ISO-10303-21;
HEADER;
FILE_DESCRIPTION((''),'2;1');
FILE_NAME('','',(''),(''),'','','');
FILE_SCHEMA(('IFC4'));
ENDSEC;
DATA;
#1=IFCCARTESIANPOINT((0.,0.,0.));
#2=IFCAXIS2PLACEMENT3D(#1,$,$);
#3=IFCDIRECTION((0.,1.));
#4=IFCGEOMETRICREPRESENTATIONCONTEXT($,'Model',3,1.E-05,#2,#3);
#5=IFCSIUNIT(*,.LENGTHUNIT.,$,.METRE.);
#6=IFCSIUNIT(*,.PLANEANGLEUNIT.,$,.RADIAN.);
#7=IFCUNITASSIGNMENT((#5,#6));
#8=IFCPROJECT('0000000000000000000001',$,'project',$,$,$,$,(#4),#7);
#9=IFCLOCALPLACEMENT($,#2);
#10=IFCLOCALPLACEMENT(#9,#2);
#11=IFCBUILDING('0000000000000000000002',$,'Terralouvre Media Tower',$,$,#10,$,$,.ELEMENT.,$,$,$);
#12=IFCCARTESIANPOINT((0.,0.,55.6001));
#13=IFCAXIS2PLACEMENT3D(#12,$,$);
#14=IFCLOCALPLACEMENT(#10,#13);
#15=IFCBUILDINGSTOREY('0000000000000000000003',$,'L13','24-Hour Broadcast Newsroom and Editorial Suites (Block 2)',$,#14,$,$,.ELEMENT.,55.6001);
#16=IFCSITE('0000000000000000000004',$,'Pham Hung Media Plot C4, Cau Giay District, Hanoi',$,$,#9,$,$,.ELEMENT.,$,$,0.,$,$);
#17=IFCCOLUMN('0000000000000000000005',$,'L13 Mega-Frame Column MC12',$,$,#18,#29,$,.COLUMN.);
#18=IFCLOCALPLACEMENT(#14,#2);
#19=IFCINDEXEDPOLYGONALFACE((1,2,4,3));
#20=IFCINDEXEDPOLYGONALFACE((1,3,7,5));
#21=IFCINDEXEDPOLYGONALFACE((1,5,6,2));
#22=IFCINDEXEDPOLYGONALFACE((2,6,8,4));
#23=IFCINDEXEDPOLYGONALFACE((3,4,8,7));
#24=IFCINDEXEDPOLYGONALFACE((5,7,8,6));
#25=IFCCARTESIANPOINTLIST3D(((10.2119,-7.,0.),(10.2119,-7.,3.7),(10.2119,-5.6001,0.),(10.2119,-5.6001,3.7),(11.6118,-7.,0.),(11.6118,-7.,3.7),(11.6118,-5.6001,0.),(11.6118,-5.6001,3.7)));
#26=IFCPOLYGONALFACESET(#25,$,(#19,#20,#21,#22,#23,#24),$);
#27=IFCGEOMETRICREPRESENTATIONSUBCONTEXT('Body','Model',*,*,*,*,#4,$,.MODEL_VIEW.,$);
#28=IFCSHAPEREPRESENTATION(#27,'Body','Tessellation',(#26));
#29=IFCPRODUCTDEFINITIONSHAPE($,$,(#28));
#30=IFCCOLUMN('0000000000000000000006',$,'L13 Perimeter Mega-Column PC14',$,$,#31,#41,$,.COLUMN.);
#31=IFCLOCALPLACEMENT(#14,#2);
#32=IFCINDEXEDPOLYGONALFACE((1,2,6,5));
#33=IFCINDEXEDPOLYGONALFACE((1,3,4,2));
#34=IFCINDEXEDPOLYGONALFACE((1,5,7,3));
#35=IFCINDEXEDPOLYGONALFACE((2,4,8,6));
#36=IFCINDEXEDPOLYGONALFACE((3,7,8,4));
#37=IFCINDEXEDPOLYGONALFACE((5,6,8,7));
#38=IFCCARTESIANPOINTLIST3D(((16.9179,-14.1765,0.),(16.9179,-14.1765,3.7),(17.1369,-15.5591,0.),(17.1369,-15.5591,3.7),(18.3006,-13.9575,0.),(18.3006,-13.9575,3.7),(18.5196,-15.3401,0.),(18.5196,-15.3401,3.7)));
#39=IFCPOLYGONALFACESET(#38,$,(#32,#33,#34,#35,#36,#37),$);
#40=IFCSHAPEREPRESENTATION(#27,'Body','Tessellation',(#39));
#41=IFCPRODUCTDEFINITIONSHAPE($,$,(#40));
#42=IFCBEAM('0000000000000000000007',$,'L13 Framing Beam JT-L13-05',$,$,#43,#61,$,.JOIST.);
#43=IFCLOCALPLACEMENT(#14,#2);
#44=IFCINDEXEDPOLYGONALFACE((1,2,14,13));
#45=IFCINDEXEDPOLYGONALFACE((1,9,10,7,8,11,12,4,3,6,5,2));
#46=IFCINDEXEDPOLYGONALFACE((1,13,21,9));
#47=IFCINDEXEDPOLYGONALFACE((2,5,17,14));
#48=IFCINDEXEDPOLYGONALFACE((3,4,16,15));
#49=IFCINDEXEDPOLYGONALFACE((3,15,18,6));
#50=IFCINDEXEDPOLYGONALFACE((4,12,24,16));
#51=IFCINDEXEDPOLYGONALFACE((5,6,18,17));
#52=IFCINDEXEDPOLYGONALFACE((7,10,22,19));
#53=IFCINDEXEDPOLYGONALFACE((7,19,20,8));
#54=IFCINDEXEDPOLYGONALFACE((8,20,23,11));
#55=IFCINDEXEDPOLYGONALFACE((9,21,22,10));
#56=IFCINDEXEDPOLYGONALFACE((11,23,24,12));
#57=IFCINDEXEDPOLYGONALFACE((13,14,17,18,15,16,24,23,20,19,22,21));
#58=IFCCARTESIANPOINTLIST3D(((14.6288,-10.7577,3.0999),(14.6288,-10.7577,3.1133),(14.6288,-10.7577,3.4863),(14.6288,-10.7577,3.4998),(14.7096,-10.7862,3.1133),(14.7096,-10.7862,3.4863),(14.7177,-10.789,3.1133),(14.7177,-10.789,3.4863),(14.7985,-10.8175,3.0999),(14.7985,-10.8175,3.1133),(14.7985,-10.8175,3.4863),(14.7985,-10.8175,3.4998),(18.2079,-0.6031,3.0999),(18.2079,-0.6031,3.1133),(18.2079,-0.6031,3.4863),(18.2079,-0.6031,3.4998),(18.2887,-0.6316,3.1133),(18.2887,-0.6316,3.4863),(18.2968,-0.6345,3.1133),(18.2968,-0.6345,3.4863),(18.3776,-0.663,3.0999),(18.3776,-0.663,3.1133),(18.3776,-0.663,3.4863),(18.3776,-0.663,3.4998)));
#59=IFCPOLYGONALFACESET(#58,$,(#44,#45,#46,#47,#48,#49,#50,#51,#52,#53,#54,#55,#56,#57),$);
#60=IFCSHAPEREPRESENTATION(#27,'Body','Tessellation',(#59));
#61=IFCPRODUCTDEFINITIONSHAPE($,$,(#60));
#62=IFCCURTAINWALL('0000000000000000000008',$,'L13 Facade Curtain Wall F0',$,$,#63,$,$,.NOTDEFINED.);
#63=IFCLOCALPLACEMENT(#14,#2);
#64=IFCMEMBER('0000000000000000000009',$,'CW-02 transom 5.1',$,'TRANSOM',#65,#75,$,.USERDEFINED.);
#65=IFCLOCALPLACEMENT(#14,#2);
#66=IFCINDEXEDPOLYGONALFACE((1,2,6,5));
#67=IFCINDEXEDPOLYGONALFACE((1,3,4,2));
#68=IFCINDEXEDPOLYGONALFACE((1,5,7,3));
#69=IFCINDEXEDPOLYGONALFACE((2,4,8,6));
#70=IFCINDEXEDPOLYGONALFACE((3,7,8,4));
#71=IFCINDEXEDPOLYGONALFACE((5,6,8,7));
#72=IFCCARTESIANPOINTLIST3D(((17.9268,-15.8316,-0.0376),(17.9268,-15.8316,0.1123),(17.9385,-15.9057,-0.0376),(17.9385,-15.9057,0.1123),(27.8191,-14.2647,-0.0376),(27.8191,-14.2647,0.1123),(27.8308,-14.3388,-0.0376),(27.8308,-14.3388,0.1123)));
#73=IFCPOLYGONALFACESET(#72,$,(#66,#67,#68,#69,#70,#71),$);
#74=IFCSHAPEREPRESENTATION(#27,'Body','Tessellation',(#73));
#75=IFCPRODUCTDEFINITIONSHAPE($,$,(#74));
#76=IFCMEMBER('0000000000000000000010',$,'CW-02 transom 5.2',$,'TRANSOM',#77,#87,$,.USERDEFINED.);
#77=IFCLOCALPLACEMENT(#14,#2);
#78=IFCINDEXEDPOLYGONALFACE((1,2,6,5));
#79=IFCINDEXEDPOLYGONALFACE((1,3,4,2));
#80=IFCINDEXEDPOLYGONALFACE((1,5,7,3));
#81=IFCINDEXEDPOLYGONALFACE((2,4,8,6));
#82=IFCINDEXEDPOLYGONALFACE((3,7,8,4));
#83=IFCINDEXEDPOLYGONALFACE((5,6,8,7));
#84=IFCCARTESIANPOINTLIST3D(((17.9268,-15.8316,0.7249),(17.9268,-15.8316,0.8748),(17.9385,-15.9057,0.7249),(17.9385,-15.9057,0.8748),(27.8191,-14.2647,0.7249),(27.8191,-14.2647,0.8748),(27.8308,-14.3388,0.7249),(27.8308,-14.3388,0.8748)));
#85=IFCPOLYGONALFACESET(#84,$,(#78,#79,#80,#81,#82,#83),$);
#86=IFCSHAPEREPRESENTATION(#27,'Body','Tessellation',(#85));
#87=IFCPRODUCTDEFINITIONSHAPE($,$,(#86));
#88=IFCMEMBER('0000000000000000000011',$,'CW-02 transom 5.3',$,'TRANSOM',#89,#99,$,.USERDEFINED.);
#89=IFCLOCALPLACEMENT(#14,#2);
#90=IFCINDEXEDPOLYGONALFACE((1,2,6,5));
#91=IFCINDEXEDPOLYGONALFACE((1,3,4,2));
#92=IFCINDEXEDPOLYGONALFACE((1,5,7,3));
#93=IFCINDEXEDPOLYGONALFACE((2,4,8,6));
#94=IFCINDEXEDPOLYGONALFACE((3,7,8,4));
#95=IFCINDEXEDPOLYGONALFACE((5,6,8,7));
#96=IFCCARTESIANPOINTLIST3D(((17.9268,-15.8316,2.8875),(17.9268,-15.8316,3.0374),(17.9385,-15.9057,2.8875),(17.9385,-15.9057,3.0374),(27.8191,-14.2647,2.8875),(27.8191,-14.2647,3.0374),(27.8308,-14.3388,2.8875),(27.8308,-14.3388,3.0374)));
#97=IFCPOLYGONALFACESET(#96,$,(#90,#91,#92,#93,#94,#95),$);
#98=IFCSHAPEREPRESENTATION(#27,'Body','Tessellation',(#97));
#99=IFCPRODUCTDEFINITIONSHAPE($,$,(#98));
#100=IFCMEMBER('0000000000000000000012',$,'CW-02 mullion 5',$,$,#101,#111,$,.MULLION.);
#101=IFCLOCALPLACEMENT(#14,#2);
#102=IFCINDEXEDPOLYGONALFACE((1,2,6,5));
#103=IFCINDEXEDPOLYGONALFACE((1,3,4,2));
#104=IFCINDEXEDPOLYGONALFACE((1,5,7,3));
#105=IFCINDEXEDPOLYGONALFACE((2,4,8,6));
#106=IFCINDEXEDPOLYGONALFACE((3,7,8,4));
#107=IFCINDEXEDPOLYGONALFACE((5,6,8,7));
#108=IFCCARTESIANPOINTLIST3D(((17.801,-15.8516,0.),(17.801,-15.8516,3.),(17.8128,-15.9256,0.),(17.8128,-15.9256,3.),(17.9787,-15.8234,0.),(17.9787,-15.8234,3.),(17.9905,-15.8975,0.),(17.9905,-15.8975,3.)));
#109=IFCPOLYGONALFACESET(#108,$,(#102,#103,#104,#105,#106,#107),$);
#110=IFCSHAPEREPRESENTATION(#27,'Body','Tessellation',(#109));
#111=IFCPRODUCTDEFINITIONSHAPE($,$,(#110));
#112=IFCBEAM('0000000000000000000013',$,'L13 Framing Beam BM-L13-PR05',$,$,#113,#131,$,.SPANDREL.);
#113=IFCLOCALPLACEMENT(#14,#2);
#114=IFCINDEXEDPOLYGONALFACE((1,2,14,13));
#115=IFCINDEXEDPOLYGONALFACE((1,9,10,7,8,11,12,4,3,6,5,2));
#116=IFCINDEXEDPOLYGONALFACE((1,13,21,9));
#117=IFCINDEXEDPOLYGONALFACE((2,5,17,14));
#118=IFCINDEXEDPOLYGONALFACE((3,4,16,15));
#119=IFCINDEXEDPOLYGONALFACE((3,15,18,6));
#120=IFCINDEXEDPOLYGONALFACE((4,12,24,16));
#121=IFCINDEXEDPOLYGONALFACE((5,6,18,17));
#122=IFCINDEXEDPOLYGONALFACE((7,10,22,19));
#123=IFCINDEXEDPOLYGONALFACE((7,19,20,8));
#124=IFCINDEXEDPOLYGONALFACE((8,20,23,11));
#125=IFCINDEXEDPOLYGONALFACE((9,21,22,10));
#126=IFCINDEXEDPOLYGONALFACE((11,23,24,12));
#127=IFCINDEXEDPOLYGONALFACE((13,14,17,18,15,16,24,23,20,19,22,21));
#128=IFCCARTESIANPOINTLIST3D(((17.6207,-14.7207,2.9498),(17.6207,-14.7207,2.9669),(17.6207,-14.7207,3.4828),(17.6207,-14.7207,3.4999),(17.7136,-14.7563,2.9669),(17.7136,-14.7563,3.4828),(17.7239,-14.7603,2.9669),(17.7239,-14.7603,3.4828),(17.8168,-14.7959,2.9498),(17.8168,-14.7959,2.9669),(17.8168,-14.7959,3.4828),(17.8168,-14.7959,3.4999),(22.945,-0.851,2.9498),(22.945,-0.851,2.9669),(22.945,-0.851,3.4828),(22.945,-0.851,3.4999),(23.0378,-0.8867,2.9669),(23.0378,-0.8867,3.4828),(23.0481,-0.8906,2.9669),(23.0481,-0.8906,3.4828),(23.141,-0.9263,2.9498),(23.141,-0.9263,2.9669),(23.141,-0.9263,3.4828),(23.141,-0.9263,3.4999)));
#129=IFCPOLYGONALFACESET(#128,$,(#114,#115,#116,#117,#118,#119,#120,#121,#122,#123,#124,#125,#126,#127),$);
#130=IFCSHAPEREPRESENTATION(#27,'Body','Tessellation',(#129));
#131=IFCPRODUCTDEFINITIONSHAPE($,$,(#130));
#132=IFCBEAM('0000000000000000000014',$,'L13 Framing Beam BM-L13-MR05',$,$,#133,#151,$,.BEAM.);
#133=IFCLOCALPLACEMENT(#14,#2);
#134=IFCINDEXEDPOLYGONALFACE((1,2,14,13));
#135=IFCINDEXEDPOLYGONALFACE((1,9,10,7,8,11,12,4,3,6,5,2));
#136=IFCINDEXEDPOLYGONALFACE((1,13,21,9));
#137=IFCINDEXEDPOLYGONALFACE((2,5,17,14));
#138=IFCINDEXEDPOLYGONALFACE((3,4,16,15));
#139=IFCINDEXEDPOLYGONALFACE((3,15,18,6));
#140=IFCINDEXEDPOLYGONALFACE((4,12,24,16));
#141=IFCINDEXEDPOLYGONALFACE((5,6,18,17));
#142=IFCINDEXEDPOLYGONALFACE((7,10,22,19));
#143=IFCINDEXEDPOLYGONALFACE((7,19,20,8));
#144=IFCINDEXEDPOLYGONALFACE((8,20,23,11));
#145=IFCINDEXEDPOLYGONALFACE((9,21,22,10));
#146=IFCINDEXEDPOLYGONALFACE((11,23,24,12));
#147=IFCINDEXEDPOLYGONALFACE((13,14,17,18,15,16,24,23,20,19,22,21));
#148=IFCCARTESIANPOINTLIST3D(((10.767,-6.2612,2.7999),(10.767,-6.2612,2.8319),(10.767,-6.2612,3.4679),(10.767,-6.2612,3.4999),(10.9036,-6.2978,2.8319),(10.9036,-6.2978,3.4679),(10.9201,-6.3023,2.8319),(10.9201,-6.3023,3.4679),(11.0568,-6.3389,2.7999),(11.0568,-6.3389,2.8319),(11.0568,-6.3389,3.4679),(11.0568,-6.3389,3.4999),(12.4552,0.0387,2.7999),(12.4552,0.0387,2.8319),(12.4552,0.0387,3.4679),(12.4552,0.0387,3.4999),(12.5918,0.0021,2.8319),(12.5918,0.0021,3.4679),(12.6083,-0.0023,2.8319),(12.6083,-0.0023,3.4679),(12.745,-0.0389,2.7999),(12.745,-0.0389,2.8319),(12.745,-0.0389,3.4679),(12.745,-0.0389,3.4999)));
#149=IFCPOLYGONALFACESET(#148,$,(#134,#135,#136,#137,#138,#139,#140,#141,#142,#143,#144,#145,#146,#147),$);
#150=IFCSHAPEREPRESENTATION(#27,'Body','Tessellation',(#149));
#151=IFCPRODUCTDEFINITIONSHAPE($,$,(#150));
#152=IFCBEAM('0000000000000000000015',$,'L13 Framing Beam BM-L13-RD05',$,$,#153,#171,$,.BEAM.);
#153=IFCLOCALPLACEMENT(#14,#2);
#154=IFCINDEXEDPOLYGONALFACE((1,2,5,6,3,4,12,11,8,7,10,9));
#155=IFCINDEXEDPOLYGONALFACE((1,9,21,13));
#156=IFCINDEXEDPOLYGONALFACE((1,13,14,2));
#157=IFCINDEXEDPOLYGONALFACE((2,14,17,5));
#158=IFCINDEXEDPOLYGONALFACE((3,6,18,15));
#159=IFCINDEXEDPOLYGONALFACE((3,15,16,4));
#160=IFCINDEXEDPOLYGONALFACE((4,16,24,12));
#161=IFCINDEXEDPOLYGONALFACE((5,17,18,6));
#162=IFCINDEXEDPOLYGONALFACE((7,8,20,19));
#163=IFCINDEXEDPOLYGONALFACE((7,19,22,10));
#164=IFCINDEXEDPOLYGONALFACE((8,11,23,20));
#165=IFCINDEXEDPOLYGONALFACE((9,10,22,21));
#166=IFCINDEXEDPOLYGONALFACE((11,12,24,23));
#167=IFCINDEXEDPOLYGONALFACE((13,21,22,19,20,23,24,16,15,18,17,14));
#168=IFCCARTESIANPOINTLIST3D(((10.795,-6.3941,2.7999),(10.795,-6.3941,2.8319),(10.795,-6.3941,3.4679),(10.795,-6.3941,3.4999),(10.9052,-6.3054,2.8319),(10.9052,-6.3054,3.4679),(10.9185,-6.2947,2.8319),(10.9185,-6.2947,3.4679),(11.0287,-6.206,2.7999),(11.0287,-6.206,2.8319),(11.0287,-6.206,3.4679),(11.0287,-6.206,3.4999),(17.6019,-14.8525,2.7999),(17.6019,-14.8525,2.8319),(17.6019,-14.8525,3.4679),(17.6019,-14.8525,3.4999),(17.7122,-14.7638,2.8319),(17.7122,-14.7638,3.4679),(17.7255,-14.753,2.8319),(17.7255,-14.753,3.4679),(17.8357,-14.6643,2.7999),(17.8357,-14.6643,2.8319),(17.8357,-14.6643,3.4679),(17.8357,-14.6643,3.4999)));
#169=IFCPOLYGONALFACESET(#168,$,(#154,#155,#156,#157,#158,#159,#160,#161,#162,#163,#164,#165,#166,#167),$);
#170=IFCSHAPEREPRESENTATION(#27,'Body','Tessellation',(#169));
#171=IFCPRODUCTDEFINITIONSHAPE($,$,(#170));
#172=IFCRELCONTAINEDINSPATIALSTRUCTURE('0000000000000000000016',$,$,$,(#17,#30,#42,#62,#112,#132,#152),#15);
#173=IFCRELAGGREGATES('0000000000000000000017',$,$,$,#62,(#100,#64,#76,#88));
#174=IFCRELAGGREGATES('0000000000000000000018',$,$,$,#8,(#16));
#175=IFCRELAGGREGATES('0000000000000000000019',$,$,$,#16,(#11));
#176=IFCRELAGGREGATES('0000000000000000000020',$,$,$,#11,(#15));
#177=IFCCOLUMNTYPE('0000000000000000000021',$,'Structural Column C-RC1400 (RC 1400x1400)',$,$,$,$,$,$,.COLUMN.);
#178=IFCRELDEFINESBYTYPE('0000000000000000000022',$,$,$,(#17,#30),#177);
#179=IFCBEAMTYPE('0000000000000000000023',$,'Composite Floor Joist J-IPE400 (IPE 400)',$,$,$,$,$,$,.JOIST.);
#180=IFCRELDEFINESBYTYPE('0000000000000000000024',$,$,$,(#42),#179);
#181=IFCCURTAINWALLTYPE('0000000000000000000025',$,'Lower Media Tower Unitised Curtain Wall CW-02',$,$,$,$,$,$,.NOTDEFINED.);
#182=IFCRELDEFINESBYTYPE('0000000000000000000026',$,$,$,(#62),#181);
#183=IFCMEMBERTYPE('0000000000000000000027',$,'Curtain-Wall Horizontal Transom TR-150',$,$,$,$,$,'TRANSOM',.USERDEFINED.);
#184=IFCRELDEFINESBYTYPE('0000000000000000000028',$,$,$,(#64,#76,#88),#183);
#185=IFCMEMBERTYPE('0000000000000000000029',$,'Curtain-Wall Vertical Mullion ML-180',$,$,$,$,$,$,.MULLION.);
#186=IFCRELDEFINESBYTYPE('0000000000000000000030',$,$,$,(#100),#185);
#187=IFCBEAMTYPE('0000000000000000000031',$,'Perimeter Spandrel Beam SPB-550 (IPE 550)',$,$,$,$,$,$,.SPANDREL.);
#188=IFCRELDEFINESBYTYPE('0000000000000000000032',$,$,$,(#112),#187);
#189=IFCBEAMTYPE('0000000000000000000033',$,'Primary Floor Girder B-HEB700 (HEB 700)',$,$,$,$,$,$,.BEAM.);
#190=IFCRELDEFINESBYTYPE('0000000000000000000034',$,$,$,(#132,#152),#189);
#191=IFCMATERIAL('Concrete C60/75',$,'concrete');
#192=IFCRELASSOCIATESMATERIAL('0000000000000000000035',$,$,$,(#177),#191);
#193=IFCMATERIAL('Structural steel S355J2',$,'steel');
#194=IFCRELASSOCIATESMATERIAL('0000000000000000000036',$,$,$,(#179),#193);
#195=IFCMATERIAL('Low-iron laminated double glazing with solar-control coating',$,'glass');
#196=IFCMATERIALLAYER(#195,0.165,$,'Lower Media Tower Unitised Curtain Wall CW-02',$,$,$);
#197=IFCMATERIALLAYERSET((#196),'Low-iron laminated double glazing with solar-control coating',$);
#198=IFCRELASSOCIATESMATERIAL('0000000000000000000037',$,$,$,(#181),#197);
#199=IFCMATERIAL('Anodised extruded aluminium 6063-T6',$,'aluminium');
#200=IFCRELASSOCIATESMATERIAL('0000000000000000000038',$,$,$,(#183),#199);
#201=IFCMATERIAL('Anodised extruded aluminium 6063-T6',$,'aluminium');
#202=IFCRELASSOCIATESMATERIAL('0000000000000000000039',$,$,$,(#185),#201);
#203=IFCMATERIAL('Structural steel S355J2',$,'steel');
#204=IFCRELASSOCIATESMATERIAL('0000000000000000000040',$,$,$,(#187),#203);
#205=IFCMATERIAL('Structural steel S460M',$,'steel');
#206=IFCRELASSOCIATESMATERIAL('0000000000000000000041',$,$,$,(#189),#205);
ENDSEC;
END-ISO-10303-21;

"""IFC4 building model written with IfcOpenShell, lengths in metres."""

from ifc_helpers import new_model, si_unit, direction, frame, origin, origin_2d, place, context, subcontext, project, spatial, rectangle, i_section, extrude, material, layer, layer_set, material_profile, profile_set, type_object, element, aggregate, save


model = new_model("IFC4")

# Units and contexts
model_context = context("Model", 3, precision=1e-05, world=origin(), true_north=direction((0.0, 1.0)))
body_context = subcontext(model_context, "Body", "Model", "MODEL_VIEW")
ifc_project = project(units=[si_unit("LENGTHUNIT", "METRE"), si_unit("PLANEANGLEUNIT", "RADIAN")], contexts=[model_context])

# Site, building, storey
site_placement = place(None, origin())
site = spatial("IfcSite", under=ifc_project, at=site_placement, Name="Pham Hung Media Plot C4, Cau Giay District, Hanoi", CompositionType="ELEMENT", RefElevation=0.0)
building_placement = place(site_placement, origin())
building = spatial("IfcBuilding", under=site, at=building_placement, Name="Terralouvre Media Tower", CompositionType="ELEMENT")
storey_placement = place(building_placement, frame((0.0, 0.0, 55.6001)))
storey = spatial("IfcBuildingStorey", under=building, at=storey_placement, Name="L13", Description="24-Hour Broadcast Newsroom and Editorial Suites (Block 2)", CompositionType="ELEMENT", Elevation=55.6001)

# Columns
ifc_material_1 = material(Name="Concrete C60/75", Category="concrete")
ifc_material_profile_1 = material_profile(ifc_material_1, rectangle(XDim=1.3999, YDim=1.3999, at=origin_2d()), Name="RC 1400x1400")
ifc_profile_set_1 = profile_set([ifc_material_profile_1], Name="Concrete C60/75")
column_type = type_object("IfcColumnType", Name="Structural Column C-RC1400 (RC 1400x1400)", PredefinedType="COLUMN", material=ifc_profile_set_1)
for number, where, z_axis, x_axis, name in (
    (1, (10.9119, -6.3, 0.0), (0.0, 0.0, 1.0), (1.0, 0.0, 0.0), "L13 Mega-Frame Column MC12"),
    (2, (17.7188, -14.7583, 0.0), (0.0, 0.0, 1.0), (0.987688, 0.156434, 0.0), "L13 Perimeter Mega-Column PC14"),
):
    element("IfcColumn", number, at=place(storey_placement, frame(where, z_axis=z_axis, x_axis=x_axis)), inside=storey, type_object=column_type, Name=name, PredefinedType="COLUMN", context=body_context, shape_type="SweptSolid", body=[
        extrude(rectangle(XDim=1.3999, YDim=1.3999, at=origin_2d()), origin(), (0.0, 0.0, 1.0), 3.7),
    ])

# Beam
ifc_material_2 = material(Name="Structural steel S355J2", Category="steel")
ifc_material_profile_2 = material_profile(ifc_material_2, i_section(OverallWidth=0.1799, OverallDepth=0.3999, WebThickness=0.0085, FlangeThickness=0.0134, at=origin_2d()), Name="IPE 400")
ifc_profile_set_2 = profile_set([ifc_material_profile_2], Name="Structural steel S355J2")
beam_type_1 = type_object("IfcBeamType", Name="Composite Floor Joist J-IPE400 (IPE 400)", PredefinedType="JOIST", material=ifc_profile_set_2)
beam_1_placement = place(storey_placement, frame((14.7136, -10.7876, 3.2998), z_axis=(0.332419, 0.943132, 0.0), x_axis=(-0.943132, 0.332419, 0.0)))
element("IfcBeam", 3, at=beam_1_placement, inside=storey, type_object=beam_type_1, Name="L13 Framing Beam JT-L13-05", PredefinedType="JOIST", context=body_context, shape_type="SweptSolid", body=[
    extrude(i_section(OverallWidth=0.1799, OverallDepth=0.3999, WebThickness=0.0085, FlangeThickness=0.0134, at=origin_2d()), origin(), (0.0, 0.0, 1.0), 10.7668),
])

# Curtain wall, members
ifc_material_3 = material(Name="Low-iron laminated double glazing with solar-control coating", Category="glass")
ifc_layer_1 = layer(ifc_material_3, 0.165, Name="Lower Media Tower Unitised Curtain Wall CW-02")
ifc_layer_set_1 = layer_set([ifc_layer_1], Name="Low-iron laminated double glazing with solar-control coating")
curtain_wall_type = type_object("IfcCurtainWallType", Name="Lower Media Tower Unitised Curtain Wall CW-02", PredefinedType="NOTDEFINED", material=ifc_layer_set_1)
curtain_wall_placement = place(storey_placement, origin())
curtain_wall = element("IfcCurtainWall", 4, at=curtain_wall_placement, inside=storey, type_object=curtain_wall_type, Name="L13 Facade Curtain Wall F0", PredefinedType="NOTDEFINED")
ifc_material_4 = material(Name="Anodised extruded aluminium 6063-T6", Category="aluminium")
ifc_material_profile_3 = material_profile(ifc_material_4, rectangle(XDim=0.075, YDim=0.1499, at=origin_2d()), Name="ALU 75x150")
ifc_profile_set_3 = profile_set([ifc_material_profile_3], Name="Anodised extruded aluminium 6063-T6")
member_type_1 = type_object("IfcMemberType", Name="Curtain-Wall Horizontal Transom TR-150", ElementType="TRANSOM", PredefinedType="USERDEFINED", material=ifc_profile_set_3)
member_1_placement = place(storey_placement, frame((17.9326, -15.8687, 0.0374), z_axis=(0.987687, 0.156444, 0.0), x_axis=(-0.156444, 0.987687, 0.0)))
member_1 = element("IfcMember", 5, at=member_1_placement, type_object=member_type_1, Name="CW-02 transom 5.1", ObjectType="TRANSOM", PredefinedType="USERDEFINED", context=body_context, shape_type="SweptSolid", body=[
    extrude(rectangle(XDim=0.075, YDim=0.1499, at=origin_2d()), origin(), (0.0, 0.0, 1.0), 10.0156),
])
member_2_placement = place(storey_placement, frame((17.9326, -15.8687, 0.7998), z_axis=(0.987687, 0.156444, 0.0), x_axis=(-0.156444, 0.987687, 0.0)))
member_2 = element("IfcMember", 6, at=member_2_placement, type_object=member_type_1, Name="CW-02 transom 5.2", ObjectType="TRANSOM", PredefinedType="USERDEFINED", context=body_context, shape_type="SweptSolid", body=[
    extrude(rectangle(XDim=0.075, YDim=0.1499, at=origin_2d()), origin(), (0.0, 0.0, 1.0), 10.0156),
])
member_3_placement = place(storey_placement, frame((17.9326, -15.8687, 2.9624), z_axis=(0.987687, 0.156444, 0.0), x_axis=(-0.156444, 0.987687, 0.0)))
member_3 = element("IfcMember", 7, at=member_3_placement, type_object=member_type_1, Name="CW-02 transom 5.3", ObjectType="TRANSOM", PredefinedType="USERDEFINED", context=body_context, shape_type="SweptSolid", body=[
    extrude(rectangle(XDim=0.075, YDim=0.1499, at=origin_2d()), origin(), (0.0, 0.0, 1.0), 10.0156),
])
ifc_material_5 = material(Name="Anodised extruded aluminium 6063-T6", Category="aluminium")
ifc_material_profile_4 = material_profile(ifc_material_5, rectangle(XDim=0.075, YDim=0.1799, at=origin_2d()), Name="ALU 75x180")
ifc_profile_set_4 = profile_set([ifc_material_profile_4], Name="Anodised extruded aluminium 6063-T6")
member_type_2 = type_object("IfcMemberType", Name="Curtain-Wall Vertical Mullion ML-180", PredefinedType="MULLION", material=ifc_profile_set_4)
member_4_placement = place(storey_placement, frame((17.8958, -15.8745, 0.0), z_axis=(0.0, 0.0, 1.0), x_axis=(-0.156434, 0.987688, 0.0)))
member_4 = element("IfcMember", 8, at=member_4_placement, type_object=member_type_2, Name="CW-02 mullion 5", PredefinedType="MULLION", context=body_context, shape_type="SweptSolid", body=[
    extrude(rectangle(XDim=0.075, YDim=0.1799, at=origin_2d()), origin(), (0.0, 0.0, 1.0), 3.0),
])

# Beams
ifc_material_6 = material(Name="Structural steel S355J2", Category="steel")
ifc_material_profile_5 = material_profile(ifc_material_6, i_section(OverallWidth=0.21, OverallDepth=0.55, WebThickness=0.011, FlangeThickness=0.0171, at=origin_2d()), Name="IPE 550")
ifc_profile_set_5 = profile_set([ifc_material_profile_5], Name="Structural steel S355J2")
beam_type_2 = type_object("IfcBeamType", Name="Perimeter Spandrel Beam SPB-550 (IPE 550)", PredefinedType="SPANDREL", material=ifc_profile_set_5)
beam_2_placement = place(storey_placement, frame((17.7188, -14.7583, 3.2249), z_axis=(0.358378, 0.933577, 0.0), x_axis=(-0.933577, 0.358378, 0.0)))
element("IfcBeam", 9, at=beam_2_placement, inside=storey, type_object=beam_type_2, Name="L13 Framing Beam BM-L13-PR05", PredefinedType="SPANDREL", context=body_context, shape_type="SweptSolid", body=[
    extrude(i_section(OverallWidth=0.21, OverallDepth=0.55, WebThickness=0.011, FlangeThickness=0.0171, at=origin_2d()), origin(), (0.0, 0.0, 1.0), 14.8564),
])
ifc_material_7 = material(Name="Structural steel S460M", Category="steel")
ifc_material_profile_6 = material_profile(ifc_material_7, i_section(OverallWidth=0.3, OverallDepth=0.7, WebThickness=0.0171, FlangeThickness=0.032, at=origin_2d()), Name="HEB 700")
ifc_profile_set_6 = profile_set([ifc_material_profile_6], Name="Structural steel S460M")
beam_type_3 = type_object("IfcBeamType", Name="Primary Floor Girder B-HEB700 (HEB 700)", PredefinedType="BEAM", material=ifc_profile_set_6)
beam_3_placement = place(storey_placement, frame((10.9119, -6.3, 3.1499), z_axis=(0.258839, 0.96592, 0.0), x_axis=(-0.96592, 0.258839, 0.0)))
element("IfcBeam", 10, at=beam_3_placement, inside=storey, type_object=beam_type_3, Name="L13 Framing Beam BM-L13-MR05", PredefinedType="BEAM", context=body_context, shape_type="SweptSolid", body=[
    extrude(i_section(OverallWidth=0.3, OverallDepth=0.7, WebThickness=0.0171, FlangeThickness=0.032, at=origin_2d()), origin(), (0.0, 0.0, 1.0), 6.5222),
])
beam_4_placement = place(storey_placement, frame((10.9119, -6.3, 3.1499), z_axis=(0.626955, -0.779056, 0.0), x_axis=(0.779056, 0.626955, 0.0)))
element("IfcBeam", 11, at=beam_4_placement, inside=storey, type_object=beam_type_3, Name="L13 Framing Beam BM-L13-RD05", PredefinedType="BEAM", context=body_context, shape_type="SweptSolid", body=[
    extrude(i_section(OverallWidth=0.3, OverallDepth=0.7, WebThickness=0.0171, FlangeThickness=0.032, at=origin_2d()), origin(), (0.0, 0.0, 1.0), 10.8572),
])

aggregate(curtain_wall, [member_4, member_1, member_2, member_3])

save(model, "model.ifc")
